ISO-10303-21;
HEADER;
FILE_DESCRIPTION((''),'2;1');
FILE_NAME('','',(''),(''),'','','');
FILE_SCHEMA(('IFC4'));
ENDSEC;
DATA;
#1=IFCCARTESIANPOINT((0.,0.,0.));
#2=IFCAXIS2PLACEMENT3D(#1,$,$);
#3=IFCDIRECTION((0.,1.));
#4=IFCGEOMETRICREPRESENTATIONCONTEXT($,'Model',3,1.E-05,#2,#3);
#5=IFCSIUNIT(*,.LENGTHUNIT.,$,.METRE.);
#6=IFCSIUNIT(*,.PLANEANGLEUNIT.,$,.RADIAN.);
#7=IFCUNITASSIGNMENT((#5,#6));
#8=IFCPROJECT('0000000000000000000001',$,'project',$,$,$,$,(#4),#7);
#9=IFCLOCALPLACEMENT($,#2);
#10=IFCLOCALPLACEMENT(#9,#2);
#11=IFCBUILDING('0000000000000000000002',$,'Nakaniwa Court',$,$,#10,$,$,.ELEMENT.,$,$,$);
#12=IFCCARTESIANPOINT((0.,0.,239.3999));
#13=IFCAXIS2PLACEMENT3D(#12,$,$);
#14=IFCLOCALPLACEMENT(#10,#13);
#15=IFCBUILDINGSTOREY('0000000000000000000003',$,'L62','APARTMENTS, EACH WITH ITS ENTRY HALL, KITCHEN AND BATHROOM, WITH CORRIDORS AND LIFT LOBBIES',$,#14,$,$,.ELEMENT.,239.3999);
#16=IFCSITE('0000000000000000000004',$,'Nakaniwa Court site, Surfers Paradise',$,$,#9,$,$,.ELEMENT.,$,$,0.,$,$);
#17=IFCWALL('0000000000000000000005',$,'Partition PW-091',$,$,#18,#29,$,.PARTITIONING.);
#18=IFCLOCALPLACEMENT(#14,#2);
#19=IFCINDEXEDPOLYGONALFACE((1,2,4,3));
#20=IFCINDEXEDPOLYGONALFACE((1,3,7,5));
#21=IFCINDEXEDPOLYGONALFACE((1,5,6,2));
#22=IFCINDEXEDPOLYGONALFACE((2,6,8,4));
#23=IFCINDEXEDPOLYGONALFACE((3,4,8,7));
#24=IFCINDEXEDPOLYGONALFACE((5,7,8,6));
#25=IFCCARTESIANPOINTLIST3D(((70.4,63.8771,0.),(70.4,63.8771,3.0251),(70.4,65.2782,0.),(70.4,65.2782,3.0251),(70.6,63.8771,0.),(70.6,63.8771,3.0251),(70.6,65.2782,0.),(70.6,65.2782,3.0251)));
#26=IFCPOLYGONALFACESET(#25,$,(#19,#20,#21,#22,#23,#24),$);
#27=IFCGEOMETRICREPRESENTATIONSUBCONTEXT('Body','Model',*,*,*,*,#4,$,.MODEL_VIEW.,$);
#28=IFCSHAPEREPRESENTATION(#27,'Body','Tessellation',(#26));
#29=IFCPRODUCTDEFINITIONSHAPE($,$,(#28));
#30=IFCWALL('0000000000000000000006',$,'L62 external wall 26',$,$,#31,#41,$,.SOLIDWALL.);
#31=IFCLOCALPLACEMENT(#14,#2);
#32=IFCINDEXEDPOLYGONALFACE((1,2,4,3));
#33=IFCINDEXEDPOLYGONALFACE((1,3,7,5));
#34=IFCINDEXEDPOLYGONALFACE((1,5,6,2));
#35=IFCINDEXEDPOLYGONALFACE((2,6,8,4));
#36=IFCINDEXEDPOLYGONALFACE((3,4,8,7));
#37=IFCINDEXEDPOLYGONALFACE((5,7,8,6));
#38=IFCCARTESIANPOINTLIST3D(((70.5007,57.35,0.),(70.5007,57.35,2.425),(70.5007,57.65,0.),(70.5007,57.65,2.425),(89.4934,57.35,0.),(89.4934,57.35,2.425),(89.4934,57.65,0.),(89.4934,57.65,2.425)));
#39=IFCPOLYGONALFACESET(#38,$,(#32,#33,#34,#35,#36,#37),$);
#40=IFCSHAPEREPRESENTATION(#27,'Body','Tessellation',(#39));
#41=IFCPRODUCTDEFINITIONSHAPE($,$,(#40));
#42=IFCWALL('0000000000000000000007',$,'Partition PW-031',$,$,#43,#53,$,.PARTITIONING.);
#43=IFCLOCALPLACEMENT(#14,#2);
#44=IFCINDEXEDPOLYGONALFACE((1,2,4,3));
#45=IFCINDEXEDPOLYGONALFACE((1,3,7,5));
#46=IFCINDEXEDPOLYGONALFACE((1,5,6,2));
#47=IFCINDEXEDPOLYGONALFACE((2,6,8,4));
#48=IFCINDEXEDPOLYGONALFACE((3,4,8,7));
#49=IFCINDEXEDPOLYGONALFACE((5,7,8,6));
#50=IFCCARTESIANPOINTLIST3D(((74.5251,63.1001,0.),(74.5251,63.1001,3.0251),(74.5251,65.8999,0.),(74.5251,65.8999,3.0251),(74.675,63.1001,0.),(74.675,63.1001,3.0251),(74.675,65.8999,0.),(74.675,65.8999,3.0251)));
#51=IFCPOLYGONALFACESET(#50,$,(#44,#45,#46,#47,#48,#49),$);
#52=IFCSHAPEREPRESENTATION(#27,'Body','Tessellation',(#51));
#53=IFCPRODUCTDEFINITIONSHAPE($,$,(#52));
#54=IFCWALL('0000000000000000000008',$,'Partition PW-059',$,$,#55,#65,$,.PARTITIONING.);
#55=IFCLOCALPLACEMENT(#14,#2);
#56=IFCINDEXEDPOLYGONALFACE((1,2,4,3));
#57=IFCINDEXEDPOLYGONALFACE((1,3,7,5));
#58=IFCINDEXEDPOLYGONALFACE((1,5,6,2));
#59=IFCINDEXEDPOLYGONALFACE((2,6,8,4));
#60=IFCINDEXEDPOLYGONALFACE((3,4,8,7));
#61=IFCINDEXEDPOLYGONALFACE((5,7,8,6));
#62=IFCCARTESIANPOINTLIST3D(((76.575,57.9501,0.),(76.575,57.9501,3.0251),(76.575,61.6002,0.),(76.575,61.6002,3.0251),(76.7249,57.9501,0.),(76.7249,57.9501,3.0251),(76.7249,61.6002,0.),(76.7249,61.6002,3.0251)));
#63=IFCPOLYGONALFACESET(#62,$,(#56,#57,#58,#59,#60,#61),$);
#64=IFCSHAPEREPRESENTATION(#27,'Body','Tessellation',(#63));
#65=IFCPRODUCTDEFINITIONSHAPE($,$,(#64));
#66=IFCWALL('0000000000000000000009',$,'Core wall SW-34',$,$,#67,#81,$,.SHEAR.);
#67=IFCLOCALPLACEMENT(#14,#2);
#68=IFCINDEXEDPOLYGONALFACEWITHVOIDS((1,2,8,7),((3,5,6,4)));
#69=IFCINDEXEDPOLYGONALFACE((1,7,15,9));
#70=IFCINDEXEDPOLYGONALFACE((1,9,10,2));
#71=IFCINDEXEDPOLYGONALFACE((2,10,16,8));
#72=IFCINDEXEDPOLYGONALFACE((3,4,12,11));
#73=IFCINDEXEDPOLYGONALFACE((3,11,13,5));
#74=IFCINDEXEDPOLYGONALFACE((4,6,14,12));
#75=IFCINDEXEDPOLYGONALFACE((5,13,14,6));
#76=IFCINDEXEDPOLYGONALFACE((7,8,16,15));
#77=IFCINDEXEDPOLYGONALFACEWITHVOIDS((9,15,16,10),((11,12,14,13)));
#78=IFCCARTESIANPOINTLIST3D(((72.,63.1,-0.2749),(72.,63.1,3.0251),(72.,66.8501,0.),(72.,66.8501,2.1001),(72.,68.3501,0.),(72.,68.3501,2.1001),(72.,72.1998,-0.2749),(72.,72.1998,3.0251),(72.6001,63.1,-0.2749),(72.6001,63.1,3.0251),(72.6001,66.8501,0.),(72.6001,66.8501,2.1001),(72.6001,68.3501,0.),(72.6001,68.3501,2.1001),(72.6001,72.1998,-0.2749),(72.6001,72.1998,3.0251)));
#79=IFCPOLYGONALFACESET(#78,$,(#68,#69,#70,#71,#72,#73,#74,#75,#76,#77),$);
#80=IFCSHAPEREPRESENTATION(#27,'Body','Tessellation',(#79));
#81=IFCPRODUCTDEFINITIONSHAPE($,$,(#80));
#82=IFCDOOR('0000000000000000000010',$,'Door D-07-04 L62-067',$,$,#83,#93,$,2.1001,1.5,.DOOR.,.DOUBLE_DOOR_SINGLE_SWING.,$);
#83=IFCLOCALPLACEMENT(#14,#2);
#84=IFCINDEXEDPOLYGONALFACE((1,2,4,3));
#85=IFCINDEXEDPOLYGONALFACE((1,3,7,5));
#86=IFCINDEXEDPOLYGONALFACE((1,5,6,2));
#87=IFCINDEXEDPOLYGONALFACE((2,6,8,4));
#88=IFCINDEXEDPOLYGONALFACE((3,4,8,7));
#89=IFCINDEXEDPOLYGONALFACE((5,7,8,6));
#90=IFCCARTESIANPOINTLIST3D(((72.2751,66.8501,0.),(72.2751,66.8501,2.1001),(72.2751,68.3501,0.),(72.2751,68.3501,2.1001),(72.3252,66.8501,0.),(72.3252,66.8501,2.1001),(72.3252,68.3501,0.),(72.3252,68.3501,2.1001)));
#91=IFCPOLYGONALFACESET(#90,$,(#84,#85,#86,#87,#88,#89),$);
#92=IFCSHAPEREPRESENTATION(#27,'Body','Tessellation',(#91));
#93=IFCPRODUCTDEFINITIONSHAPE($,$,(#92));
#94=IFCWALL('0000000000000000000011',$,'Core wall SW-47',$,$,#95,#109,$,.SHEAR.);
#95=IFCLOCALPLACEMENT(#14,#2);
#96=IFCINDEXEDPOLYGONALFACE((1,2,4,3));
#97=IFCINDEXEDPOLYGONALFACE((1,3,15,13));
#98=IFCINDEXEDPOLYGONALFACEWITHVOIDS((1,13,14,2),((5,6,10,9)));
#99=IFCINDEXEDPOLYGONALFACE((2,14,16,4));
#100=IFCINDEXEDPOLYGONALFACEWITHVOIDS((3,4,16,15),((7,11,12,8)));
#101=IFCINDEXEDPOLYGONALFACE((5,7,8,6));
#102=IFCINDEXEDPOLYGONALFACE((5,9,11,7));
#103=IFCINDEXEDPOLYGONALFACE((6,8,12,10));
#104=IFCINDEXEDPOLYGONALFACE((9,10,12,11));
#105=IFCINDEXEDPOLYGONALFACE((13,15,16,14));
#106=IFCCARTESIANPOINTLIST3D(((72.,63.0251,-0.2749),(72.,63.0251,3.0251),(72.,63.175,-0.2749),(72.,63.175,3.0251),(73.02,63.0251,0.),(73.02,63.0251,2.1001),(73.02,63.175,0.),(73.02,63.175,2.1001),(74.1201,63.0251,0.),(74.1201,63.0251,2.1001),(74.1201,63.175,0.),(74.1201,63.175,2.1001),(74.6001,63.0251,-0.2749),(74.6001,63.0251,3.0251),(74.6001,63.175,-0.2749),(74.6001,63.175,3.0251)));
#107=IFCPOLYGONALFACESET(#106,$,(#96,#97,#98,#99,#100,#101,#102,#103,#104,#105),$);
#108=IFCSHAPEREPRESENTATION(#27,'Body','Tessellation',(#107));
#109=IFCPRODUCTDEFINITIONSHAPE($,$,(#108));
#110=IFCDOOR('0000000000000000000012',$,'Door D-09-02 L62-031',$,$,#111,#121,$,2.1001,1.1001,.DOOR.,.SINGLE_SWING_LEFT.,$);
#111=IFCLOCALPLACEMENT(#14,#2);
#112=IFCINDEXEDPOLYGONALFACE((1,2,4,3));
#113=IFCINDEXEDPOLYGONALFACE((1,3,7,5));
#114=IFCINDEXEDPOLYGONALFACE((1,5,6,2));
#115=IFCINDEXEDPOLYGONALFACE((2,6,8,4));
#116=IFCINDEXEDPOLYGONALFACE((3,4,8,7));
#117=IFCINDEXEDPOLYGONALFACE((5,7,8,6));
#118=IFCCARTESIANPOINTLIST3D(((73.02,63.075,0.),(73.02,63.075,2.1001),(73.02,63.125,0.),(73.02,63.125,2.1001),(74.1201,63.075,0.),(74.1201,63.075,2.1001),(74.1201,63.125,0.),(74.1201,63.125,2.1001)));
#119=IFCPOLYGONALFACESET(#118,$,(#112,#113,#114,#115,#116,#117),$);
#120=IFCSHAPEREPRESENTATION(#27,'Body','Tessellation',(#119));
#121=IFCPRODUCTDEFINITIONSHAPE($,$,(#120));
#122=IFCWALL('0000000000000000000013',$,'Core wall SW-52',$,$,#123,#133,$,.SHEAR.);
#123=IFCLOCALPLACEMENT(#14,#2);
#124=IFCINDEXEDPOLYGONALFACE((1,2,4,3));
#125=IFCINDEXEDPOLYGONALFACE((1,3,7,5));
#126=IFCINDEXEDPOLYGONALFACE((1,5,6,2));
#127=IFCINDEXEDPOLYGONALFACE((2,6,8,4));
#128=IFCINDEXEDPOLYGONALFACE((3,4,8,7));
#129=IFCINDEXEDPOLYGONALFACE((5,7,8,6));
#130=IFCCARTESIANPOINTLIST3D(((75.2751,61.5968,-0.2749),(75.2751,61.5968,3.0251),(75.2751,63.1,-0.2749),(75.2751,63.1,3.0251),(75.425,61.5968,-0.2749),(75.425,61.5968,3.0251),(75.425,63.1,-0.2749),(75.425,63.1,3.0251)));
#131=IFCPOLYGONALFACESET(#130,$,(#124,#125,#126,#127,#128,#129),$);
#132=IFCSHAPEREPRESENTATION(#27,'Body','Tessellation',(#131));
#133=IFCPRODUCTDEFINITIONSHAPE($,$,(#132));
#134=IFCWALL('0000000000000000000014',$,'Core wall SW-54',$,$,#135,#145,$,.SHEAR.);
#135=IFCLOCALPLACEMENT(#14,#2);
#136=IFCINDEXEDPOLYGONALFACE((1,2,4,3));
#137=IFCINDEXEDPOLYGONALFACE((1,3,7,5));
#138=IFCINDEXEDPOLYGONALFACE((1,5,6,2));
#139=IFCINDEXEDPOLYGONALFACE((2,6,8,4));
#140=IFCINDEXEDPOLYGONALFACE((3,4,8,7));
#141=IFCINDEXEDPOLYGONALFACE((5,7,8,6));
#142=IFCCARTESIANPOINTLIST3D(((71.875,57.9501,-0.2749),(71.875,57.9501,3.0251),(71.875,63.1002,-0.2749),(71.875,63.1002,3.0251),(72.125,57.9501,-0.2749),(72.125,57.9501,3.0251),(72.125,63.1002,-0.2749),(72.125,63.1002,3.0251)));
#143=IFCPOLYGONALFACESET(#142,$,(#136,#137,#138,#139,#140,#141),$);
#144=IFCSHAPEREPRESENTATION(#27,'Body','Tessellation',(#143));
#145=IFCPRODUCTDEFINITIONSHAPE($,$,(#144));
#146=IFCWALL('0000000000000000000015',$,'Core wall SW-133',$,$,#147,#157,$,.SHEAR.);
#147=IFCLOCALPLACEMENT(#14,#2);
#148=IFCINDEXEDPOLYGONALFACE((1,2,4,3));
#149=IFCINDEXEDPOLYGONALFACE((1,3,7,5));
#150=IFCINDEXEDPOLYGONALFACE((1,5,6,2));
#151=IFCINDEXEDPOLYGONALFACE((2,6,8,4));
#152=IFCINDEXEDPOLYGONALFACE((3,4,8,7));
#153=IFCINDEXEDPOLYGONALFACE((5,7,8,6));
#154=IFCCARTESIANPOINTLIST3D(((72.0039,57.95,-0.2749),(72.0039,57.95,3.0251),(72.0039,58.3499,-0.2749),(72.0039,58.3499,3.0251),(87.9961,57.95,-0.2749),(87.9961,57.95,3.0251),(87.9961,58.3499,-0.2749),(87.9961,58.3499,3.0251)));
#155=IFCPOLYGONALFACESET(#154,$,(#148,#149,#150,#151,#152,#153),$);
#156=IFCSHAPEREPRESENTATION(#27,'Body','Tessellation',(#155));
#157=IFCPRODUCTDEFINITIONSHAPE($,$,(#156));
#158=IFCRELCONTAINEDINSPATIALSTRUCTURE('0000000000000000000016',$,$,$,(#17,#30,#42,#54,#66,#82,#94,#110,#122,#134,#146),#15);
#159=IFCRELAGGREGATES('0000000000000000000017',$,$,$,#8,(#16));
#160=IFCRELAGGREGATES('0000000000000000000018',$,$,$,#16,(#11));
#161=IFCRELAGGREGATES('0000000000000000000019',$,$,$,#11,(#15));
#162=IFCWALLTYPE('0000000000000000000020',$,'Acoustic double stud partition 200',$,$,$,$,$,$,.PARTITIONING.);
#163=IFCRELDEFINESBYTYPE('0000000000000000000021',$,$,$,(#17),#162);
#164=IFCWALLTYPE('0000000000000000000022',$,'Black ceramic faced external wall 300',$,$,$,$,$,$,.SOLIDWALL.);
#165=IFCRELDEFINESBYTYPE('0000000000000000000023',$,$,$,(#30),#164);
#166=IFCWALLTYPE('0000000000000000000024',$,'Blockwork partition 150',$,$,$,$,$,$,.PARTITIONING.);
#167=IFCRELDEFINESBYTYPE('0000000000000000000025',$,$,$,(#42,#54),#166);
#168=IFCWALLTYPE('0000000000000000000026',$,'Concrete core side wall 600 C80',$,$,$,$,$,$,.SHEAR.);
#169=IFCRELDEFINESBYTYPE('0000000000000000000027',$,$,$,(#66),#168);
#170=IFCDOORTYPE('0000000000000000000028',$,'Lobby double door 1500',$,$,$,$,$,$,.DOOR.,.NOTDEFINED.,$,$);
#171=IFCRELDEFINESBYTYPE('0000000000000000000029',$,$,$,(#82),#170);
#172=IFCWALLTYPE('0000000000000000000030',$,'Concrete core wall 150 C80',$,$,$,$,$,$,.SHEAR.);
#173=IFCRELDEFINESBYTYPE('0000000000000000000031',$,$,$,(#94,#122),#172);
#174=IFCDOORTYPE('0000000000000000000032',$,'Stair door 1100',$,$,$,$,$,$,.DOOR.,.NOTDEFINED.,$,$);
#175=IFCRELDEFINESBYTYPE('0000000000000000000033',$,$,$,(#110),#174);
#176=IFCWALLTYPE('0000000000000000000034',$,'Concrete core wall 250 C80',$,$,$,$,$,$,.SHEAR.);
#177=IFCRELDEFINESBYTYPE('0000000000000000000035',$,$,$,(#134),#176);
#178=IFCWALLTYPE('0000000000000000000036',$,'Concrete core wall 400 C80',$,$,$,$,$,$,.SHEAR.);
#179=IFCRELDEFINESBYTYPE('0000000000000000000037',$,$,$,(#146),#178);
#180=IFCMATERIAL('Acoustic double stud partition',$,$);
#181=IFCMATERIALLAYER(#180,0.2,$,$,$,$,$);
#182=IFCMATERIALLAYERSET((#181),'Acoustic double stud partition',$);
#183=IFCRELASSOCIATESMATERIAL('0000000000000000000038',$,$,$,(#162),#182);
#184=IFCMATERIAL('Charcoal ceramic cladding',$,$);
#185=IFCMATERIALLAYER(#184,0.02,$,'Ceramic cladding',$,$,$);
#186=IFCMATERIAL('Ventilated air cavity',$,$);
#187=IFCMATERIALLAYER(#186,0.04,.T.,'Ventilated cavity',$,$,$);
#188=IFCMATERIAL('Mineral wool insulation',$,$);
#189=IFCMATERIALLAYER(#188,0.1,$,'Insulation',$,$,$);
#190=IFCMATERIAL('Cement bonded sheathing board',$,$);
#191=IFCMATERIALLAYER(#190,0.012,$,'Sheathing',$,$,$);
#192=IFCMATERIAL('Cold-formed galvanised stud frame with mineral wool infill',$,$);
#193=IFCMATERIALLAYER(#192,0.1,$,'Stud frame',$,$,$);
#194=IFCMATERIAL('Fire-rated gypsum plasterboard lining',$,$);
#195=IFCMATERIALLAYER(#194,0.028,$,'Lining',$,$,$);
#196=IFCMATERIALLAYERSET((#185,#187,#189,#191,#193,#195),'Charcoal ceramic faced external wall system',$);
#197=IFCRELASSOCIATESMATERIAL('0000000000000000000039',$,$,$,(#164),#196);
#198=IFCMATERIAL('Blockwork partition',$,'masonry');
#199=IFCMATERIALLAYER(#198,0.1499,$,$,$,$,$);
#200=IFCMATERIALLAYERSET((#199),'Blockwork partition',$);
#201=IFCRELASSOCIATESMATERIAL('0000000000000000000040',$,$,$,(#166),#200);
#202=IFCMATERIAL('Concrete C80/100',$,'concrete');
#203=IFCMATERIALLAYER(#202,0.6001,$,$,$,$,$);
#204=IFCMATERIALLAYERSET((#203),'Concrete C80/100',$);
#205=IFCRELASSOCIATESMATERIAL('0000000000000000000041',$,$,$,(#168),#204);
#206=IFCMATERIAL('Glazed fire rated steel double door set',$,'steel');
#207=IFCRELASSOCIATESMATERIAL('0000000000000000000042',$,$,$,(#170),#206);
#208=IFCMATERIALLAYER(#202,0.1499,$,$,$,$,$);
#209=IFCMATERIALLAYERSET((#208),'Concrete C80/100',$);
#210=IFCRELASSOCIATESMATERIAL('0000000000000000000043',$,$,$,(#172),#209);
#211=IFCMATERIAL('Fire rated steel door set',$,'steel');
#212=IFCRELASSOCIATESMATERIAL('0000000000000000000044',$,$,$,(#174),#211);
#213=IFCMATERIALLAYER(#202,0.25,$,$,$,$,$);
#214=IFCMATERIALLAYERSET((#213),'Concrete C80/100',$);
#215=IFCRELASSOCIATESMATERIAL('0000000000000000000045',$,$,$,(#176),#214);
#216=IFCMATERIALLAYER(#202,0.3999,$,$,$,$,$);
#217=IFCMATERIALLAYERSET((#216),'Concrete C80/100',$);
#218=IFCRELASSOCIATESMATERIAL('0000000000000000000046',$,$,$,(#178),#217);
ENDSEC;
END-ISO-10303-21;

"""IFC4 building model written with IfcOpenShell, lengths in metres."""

from ifc_helpers import new_model, si_unit, direction, frame, frame_2d, origin, place, context, subcontext, project, spatial, rectangle, extrude, material, layer, layer_set, type_object, element, fill, save


model = new_model("IFC4")

# Units and contexts
model_context = context("Model", 3, precision=1e-05, world=origin(), true_north=direction((0.0, 1.0)))
body_context = subcontext(model_context, "Body", "Model", "MODEL_VIEW")
ifc_project = project(units=[si_unit("LENGTHUNIT", "METRE"), si_unit("PLANEANGLEUNIT", "RADIAN")], contexts=[model_context])

# Site, building, storey
site_placement = place(None, origin())
site = spatial("IfcSite", under=ifc_project, at=site_placement, Name="Nakaniwa Court site, Surfers Paradise", CompositionType="ELEMENT", RefElevation=0.0)
building_placement = place(site_placement, origin())
building = spatial("IfcBuilding", under=site, at=building_placement, Name="Nakaniwa Court", CompositionType="ELEMENT")
storey_placement = place(building_placement, frame((0.0, 0.0, 239.3999)))
storey = spatial("IfcBuildingStorey", under=building, at=storey_placement, Name="L62", Description="APARTMENTS, EACH WITH ITS ENTRY HALL, KITCHEN AND BATHROOM, WITH CORRIDORS AND LIFT LOBBIES", CompositionType="ELEMENT", Elevation=239.3999)

# Walls
ifc_material_1 = material(Name="Acoustic double stud partition")
ifc_layer_1 = layer(ifc_material_1, 0.2)
ifc_layer_set_1 = layer_set([ifc_layer_1], Name="Acoustic double stud partition")
wall_type_1 = type_object("IfcWallType", Name="Acoustic double stud partition 200", PredefinedType="PARTITIONING", material=ifc_layer_set_1)
wall_1_placement = place(storey_placement, frame((70.5, 63.877, 0.0), z_axis=(0.0, 0.0, 1.0), x_axis=(0.0, 1.0, 0.0)))
element("IfcWall", 1, at=wall_1_placement, inside=storey, type_object=wall_type_1, Name="Partition PW-091", PredefinedType="PARTITIONING", context=body_context, shape_type="SweptSolid", body=[
    extrude(rectangle(XDim=1.4011, YDim=0.2, at=frame_2d((0.7007, 0.0))), origin(), (0.0, 0.0, 1.0), 3.0251),
])
ifc_material_2 = material(Name="Charcoal ceramic cladding")
ifc_layer_2 = layer(ifc_material_2, 0.02, Name="Ceramic cladding")
ifc_material_3 = material(Name="Ventilated air cavity")
ifc_layer_3 = layer(ifc_material_3, 0.04, ventilated=True, Name="Ventilated cavity")
ifc_material_4 = material(Name="Mineral wool insulation")
ifc_layer_4 = layer(ifc_material_4, 0.1, Name="Insulation")
ifc_material_5 = material(Name="Cement bonded sheathing board")
ifc_layer_5 = layer(ifc_material_5, 0.012, Name="Sheathing")
ifc_material_6 = material(Name="Cold-formed galvanised stud frame with mineral wool infill")
ifc_layer_6 = layer(ifc_material_6, 0.1, Name="Stud frame")
ifc_material_7 = material(Name="Fire-rated gypsum plasterboard lining")
ifc_layer_7 = layer(ifc_material_7, 0.028, Name="Lining")
ifc_layer_set_2 = layer_set([ifc_layer_2, ifc_layer_3, ifc_layer_4, ifc_layer_5, ifc_layer_6, ifc_layer_7], Name="Charcoal ceramic faced external wall system")
wall_type_2 = type_object("IfcWallType", Name="Black ceramic faced external wall 300", PredefinedType="SOLIDWALL", material=ifc_layer_set_2)
wall_2_placement = place(storey_placement, frame((70.5007, 57.5, 0.0), z_axis=(0.0, 0.0, 1.0), x_axis=(1.0, 0.0, 0.0)))
element("IfcWall", 2, at=wall_2_placement, inside=storey, type_object=wall_type_2, Name="L62 external wall 26", PredefinedType="SOLIDWALL", context=body_context, shape_type="SweptSolid", body=[
    extrude(rectangle(XDim=18.9927, YDim=0.3, at=frame_2d((9.4963, 0.0))), origin(), (0.0, 0.0, 1.0), 2.425),
])
ifc_material_8 = material(Name="Blockwork partition", Category="masonry")
ifc_layer_8 = layer(ifc_material_8, 0.1499)
ifc_layer_set_3 = layer_set([ifc_layer_8], Name="Blockwork partition")
wall_type_3 = type_object("IfcWallType", Name="Blockwork partition 150", PredefinedType="PARTITIONING", material=ifc_layer_set_3)
wall_3_placement = place(storey_placement, frame((74.6001, 63.1001, 0.0), z_axis=(0.0, 0.0, 1.0), x_axis=(0.0, 1.0, 0.0)))
element("IfcWall", 3, at=wall_3_placement, inside=storey, type_object=wall_type_3, Name="Partition PW-031", PredefinedType="PARTITIONING", context=body_context, shape_type="SweptSolid", body=[
    extrude(rectangle(XDim=2.7998, YDim=0.1499, at=frame_2d((1.3999, 0.0))), origin(), (0.0, 0.0, 1.0), 3.0251),
])
wall_4_placement = place(storey_placement, frame((76.6499, 57.95, 0.0), z_axis=(0.0, 0.0, 1.0), x_axis=(0.0, 1.0, 0.0)))
element("IfcWall", 4, at=wall_4_placement, inside=storey, type_object=wall_type_3, Name="Partition PW-059", PredefinedType="PARTITIONING", context=body_context, shape_type="SweptSolid", body=[
    extrude(rectangle(XDim=3.6501, YDim=0.1499, at=frame_2d((1.8252, 0.0))), origin(), (0.0, 0.0, 1.0), 3.0251),
])

# Walls, openings, doors
ifc_material_9 = material(Name="Concrete C80/100", Category="concrete")
ifc_layer_9 = layer(ifc_material_9, 0.6001)
ifc_layer_set_4 = layer_set([ifc_layer_9], Name="Concrete C80/100")
wall_type_4 = type_object("IfcWallType", Name="Concrete core side wall 600 C80", PredefinedType="SHEAR", material=ifc_layer_set_4)
wall_5_placement = place(storey_placement, frame((72.3, 63.1001, -0.2749), z_axis=(0.0, 0.0, 1.0), x_axis=(0.0, 1.0, 0.0)))
wall_5 = element("IfcWall", 5, at=wall_5_placement, inside=storey, type_object=wall_type_4, Name="Core wall SW-34", PredefinedType="SHEAR", context=body_context, shape_type="SweptSolid", body=[
    extrude(rectangle(XDim=9.0999, YDim=0.6001, at=frame_2d((4.5498, 0.0))), origin(), (0.0, 0.0, 1.0), 3.3),
])
opening_1_placement = place(wall_5_placement, frame((3.75, 0.0, 0.2749)))
opening_1 = element("IfcOpeningElement", 6, at=opening_1_placement, cuts=wall_5, PredefinedType="OPENING", context=body_context, shape_type="SweptSolid", body=[
    extrude(rectangle(XDim=1.5, YDim=2.1001, at=frame_2d((0.75, 1.05))), frame((0.0, 0.3101, 0.0), z_axis=(0.0, -1.0, 0.0), x_axis=(1.0, 0.0, 0.0)), (0.0, 0.0, 1.0), 0.6201),
])
ifc_material_10 = material(Name="Glazed fire rated steel double door set", Category="steel")
door_type_1 = type_object("IfcDoorType", Name="Lobby double door 1500", OperationType="NOTDEFINED", PredefinedType="DOOR", material=ifc_material_10)
door_1_placement = place(opening_1_placement, origin())
door_1 = element("IfcDoor", 7, at=door_1_placement, inside=storey, type_object=door_type_1, Name="Door D-07-04 L62-067", OperationType="DOUBLE_DOOR_SINGLE_SWING", OverallHeight=2.1001, OverallWidth=1.5, PredefinedType="DOOR", context=body_context, shape_type="SweptSolid", body=[
    extrude(rectangle(XDim=1.5, YDim=2.1001, at=frame_2d((0.75, 1.05))), frame((0.0, 0.0249, 0.0), z_axis=(0.0, -1.0, 0.0), x_axis=(1.0, 0.0, 0.0)), (0.0, 0.0, 1.0), 0.05),
])
fill(opening_1, door_1)
ifc_layer_10 = layer(ifc_material_9, 0.1499)
ifc_layer_set_5 = layer_set([ifc_layer_10], Name="Concrete C80/100")
wall_type_5 = type_object("IfcWallType", Name="Concrete core wall 150 C80", PredefinedType="SHEAR", material=ifc_layer_set_5)
wall_6_placement = place(storey_placement, frame((72.0, 63.1001, -0.2749), z_axis=(0.0, 0.0, 1.0), x_axis=(1.0, 0.0, 0.0)))
wall_6 = element("IfcWall", 8, at=wall_6_placement, inside=storey, type_object=wall_type_5, Name="Core wall SW-47", PredefinedType="SHEAR", context=body_context, shape_type="SweptSolid", body=[
    extrude(rectangle(XDim=2.6001, YDim=0.1499, at=frame_2d((1.3, 0.0))), origin(), (0.0, 0.0, 1.0), 3.3),
])
opening_2_placement = place(wall_6_placement, frame((1.02, 0.0, 0.2749)))
opening_2 = element("IfcOpeningElement", 9, at=opening_2_placement, cuts=wall_6, PredefinedType="OPENING", context=body_context, shape_type="SweptSolid", body=[
    extrude(rectangle(XDim=1.1001, YDim=2.1001, at=frame_2d((0.55, 1.05))), frame((0.0, 0.085, 0.0), z_axis=(0.0, -1.0, 0.0), x_axis=(1.0, 0.0, 0.0)), (0.0, 0.0, 1.0), 0.1699),
])
ifc_material_11 = material(Name="Fire rated steel door set", Category="steel")
door_type_2 = type_object("IfcDoorType", Name="Stair door 1100", OperationType="NOTDEFINED", PredefinedType="DOOR", material=ifc_material_11)
door_2_placement = place(opening_2_placement, origin())
door_2 = element("IfcDoor", 10, at=door_2_placement, inside=storey, type_object=door_type_2, Name="Door D-09-02 L62-031", OperationType="SINGLE_SWING_LEFT", OverallHeight=2.1001, OverallWidth=1.1001, PredefinedType="DOOR", context=body_context, shape_type="SweptSolid", body=[
    extrude(rectangle(XDim=1.1001, YDim=2.1001, at=frame_2d((0.55, 1.05))), frame((0.0, 0.0249, 0.0), z_axis=(0.0, -1.0, 0.0), x_axis=(1.0, 0.0, 0.0)), (0.0, 0.0, 1.0), 0.05),
])
fill(opening_2, door_2)

# Walls
wall_7_placement = place(storey_placement, frame((75.3501, 61.5969, -0.2749), z_axis=(0.0, 0.0, 1.0), x_axis=(0.0, 1.0, 0.0)))
element("IfcWall", 11, at=wall_7_placement, inside=storey, type_object=wall_type_5, Name="Core wall SW-52", PredefinedType="SHEAR", context=body_context, shape_type="SweptSolid", body=[
    extrude(rectangle(XDim=1.5032, YDim=0.1499, at=frame_2d((0.7515, 0.0))), origin(), (0.0, 0.0, 1.0), 3.3),
])
ifc_layer_11 = layer(ifc_material_9, 0.25)
ifc_layer_set_6 = layer_set([ifc_layer_11], Name="Concrete C80/100")
wall_type_6 = type_object("IfcWallType", Name="Concrete core wall 250 C80", PredefinedType="SHEAR", material=ifc_layer_set_6)
wall_8_placement = place(storey_placement, frame((72.0, 57.95, -0.2749), z_axis=(0.0, 0.0, 1.0), x_axis=(0.0, 1.0, 0.0)))
element("IfcWall", 12, at=wall_8_placement, inside=storey, type_object=wall_type_6, Name="Core wall SW-54", PredefinedType="SHEAR", context=body_context, shape_type="SweptSolid", body=[
    extrude(rectangle(XDim=5.1501, YDim=0.25, at=frame_2d((2.5752, 0.0))), origin(), (0.0, 0.0, 1.0), 3.3),
])
ifc_layer_12 = layer(ifc_material_9, 0.3999)
ifc_layer_set_7 = layer_set([ifc_layer_12], Name="Concrete C80/100")
wall_type_7 = type_object("IfcWallType", Name="Concrete core wall 400 C80", PredefinedType="SHEAR", material=ifc_layer_set_7)
wall_9_placement = place(storey_placement, frame((72.0039, 58.1499, -0.2749), z_axis=(0.0, 0.0, 1.0), x_axis=(1.0, 0.0, 0.0)))
element("IfcWall", 13, at=wall_9_placement, inside=storey, type_object=wall_type_7, Name="Core wall SW-133", PredefinedType="SHEAR", context=body_context, shape_type="SweptSolid", body=[
    extrude(rectangle(XDim=15.9922, YDim=0.3999, at=frame_2d((7.9961, 0.0))), origin(), (0.0, 0.0, 1.0), 3.3),
])

save(model, "model.ifc")
